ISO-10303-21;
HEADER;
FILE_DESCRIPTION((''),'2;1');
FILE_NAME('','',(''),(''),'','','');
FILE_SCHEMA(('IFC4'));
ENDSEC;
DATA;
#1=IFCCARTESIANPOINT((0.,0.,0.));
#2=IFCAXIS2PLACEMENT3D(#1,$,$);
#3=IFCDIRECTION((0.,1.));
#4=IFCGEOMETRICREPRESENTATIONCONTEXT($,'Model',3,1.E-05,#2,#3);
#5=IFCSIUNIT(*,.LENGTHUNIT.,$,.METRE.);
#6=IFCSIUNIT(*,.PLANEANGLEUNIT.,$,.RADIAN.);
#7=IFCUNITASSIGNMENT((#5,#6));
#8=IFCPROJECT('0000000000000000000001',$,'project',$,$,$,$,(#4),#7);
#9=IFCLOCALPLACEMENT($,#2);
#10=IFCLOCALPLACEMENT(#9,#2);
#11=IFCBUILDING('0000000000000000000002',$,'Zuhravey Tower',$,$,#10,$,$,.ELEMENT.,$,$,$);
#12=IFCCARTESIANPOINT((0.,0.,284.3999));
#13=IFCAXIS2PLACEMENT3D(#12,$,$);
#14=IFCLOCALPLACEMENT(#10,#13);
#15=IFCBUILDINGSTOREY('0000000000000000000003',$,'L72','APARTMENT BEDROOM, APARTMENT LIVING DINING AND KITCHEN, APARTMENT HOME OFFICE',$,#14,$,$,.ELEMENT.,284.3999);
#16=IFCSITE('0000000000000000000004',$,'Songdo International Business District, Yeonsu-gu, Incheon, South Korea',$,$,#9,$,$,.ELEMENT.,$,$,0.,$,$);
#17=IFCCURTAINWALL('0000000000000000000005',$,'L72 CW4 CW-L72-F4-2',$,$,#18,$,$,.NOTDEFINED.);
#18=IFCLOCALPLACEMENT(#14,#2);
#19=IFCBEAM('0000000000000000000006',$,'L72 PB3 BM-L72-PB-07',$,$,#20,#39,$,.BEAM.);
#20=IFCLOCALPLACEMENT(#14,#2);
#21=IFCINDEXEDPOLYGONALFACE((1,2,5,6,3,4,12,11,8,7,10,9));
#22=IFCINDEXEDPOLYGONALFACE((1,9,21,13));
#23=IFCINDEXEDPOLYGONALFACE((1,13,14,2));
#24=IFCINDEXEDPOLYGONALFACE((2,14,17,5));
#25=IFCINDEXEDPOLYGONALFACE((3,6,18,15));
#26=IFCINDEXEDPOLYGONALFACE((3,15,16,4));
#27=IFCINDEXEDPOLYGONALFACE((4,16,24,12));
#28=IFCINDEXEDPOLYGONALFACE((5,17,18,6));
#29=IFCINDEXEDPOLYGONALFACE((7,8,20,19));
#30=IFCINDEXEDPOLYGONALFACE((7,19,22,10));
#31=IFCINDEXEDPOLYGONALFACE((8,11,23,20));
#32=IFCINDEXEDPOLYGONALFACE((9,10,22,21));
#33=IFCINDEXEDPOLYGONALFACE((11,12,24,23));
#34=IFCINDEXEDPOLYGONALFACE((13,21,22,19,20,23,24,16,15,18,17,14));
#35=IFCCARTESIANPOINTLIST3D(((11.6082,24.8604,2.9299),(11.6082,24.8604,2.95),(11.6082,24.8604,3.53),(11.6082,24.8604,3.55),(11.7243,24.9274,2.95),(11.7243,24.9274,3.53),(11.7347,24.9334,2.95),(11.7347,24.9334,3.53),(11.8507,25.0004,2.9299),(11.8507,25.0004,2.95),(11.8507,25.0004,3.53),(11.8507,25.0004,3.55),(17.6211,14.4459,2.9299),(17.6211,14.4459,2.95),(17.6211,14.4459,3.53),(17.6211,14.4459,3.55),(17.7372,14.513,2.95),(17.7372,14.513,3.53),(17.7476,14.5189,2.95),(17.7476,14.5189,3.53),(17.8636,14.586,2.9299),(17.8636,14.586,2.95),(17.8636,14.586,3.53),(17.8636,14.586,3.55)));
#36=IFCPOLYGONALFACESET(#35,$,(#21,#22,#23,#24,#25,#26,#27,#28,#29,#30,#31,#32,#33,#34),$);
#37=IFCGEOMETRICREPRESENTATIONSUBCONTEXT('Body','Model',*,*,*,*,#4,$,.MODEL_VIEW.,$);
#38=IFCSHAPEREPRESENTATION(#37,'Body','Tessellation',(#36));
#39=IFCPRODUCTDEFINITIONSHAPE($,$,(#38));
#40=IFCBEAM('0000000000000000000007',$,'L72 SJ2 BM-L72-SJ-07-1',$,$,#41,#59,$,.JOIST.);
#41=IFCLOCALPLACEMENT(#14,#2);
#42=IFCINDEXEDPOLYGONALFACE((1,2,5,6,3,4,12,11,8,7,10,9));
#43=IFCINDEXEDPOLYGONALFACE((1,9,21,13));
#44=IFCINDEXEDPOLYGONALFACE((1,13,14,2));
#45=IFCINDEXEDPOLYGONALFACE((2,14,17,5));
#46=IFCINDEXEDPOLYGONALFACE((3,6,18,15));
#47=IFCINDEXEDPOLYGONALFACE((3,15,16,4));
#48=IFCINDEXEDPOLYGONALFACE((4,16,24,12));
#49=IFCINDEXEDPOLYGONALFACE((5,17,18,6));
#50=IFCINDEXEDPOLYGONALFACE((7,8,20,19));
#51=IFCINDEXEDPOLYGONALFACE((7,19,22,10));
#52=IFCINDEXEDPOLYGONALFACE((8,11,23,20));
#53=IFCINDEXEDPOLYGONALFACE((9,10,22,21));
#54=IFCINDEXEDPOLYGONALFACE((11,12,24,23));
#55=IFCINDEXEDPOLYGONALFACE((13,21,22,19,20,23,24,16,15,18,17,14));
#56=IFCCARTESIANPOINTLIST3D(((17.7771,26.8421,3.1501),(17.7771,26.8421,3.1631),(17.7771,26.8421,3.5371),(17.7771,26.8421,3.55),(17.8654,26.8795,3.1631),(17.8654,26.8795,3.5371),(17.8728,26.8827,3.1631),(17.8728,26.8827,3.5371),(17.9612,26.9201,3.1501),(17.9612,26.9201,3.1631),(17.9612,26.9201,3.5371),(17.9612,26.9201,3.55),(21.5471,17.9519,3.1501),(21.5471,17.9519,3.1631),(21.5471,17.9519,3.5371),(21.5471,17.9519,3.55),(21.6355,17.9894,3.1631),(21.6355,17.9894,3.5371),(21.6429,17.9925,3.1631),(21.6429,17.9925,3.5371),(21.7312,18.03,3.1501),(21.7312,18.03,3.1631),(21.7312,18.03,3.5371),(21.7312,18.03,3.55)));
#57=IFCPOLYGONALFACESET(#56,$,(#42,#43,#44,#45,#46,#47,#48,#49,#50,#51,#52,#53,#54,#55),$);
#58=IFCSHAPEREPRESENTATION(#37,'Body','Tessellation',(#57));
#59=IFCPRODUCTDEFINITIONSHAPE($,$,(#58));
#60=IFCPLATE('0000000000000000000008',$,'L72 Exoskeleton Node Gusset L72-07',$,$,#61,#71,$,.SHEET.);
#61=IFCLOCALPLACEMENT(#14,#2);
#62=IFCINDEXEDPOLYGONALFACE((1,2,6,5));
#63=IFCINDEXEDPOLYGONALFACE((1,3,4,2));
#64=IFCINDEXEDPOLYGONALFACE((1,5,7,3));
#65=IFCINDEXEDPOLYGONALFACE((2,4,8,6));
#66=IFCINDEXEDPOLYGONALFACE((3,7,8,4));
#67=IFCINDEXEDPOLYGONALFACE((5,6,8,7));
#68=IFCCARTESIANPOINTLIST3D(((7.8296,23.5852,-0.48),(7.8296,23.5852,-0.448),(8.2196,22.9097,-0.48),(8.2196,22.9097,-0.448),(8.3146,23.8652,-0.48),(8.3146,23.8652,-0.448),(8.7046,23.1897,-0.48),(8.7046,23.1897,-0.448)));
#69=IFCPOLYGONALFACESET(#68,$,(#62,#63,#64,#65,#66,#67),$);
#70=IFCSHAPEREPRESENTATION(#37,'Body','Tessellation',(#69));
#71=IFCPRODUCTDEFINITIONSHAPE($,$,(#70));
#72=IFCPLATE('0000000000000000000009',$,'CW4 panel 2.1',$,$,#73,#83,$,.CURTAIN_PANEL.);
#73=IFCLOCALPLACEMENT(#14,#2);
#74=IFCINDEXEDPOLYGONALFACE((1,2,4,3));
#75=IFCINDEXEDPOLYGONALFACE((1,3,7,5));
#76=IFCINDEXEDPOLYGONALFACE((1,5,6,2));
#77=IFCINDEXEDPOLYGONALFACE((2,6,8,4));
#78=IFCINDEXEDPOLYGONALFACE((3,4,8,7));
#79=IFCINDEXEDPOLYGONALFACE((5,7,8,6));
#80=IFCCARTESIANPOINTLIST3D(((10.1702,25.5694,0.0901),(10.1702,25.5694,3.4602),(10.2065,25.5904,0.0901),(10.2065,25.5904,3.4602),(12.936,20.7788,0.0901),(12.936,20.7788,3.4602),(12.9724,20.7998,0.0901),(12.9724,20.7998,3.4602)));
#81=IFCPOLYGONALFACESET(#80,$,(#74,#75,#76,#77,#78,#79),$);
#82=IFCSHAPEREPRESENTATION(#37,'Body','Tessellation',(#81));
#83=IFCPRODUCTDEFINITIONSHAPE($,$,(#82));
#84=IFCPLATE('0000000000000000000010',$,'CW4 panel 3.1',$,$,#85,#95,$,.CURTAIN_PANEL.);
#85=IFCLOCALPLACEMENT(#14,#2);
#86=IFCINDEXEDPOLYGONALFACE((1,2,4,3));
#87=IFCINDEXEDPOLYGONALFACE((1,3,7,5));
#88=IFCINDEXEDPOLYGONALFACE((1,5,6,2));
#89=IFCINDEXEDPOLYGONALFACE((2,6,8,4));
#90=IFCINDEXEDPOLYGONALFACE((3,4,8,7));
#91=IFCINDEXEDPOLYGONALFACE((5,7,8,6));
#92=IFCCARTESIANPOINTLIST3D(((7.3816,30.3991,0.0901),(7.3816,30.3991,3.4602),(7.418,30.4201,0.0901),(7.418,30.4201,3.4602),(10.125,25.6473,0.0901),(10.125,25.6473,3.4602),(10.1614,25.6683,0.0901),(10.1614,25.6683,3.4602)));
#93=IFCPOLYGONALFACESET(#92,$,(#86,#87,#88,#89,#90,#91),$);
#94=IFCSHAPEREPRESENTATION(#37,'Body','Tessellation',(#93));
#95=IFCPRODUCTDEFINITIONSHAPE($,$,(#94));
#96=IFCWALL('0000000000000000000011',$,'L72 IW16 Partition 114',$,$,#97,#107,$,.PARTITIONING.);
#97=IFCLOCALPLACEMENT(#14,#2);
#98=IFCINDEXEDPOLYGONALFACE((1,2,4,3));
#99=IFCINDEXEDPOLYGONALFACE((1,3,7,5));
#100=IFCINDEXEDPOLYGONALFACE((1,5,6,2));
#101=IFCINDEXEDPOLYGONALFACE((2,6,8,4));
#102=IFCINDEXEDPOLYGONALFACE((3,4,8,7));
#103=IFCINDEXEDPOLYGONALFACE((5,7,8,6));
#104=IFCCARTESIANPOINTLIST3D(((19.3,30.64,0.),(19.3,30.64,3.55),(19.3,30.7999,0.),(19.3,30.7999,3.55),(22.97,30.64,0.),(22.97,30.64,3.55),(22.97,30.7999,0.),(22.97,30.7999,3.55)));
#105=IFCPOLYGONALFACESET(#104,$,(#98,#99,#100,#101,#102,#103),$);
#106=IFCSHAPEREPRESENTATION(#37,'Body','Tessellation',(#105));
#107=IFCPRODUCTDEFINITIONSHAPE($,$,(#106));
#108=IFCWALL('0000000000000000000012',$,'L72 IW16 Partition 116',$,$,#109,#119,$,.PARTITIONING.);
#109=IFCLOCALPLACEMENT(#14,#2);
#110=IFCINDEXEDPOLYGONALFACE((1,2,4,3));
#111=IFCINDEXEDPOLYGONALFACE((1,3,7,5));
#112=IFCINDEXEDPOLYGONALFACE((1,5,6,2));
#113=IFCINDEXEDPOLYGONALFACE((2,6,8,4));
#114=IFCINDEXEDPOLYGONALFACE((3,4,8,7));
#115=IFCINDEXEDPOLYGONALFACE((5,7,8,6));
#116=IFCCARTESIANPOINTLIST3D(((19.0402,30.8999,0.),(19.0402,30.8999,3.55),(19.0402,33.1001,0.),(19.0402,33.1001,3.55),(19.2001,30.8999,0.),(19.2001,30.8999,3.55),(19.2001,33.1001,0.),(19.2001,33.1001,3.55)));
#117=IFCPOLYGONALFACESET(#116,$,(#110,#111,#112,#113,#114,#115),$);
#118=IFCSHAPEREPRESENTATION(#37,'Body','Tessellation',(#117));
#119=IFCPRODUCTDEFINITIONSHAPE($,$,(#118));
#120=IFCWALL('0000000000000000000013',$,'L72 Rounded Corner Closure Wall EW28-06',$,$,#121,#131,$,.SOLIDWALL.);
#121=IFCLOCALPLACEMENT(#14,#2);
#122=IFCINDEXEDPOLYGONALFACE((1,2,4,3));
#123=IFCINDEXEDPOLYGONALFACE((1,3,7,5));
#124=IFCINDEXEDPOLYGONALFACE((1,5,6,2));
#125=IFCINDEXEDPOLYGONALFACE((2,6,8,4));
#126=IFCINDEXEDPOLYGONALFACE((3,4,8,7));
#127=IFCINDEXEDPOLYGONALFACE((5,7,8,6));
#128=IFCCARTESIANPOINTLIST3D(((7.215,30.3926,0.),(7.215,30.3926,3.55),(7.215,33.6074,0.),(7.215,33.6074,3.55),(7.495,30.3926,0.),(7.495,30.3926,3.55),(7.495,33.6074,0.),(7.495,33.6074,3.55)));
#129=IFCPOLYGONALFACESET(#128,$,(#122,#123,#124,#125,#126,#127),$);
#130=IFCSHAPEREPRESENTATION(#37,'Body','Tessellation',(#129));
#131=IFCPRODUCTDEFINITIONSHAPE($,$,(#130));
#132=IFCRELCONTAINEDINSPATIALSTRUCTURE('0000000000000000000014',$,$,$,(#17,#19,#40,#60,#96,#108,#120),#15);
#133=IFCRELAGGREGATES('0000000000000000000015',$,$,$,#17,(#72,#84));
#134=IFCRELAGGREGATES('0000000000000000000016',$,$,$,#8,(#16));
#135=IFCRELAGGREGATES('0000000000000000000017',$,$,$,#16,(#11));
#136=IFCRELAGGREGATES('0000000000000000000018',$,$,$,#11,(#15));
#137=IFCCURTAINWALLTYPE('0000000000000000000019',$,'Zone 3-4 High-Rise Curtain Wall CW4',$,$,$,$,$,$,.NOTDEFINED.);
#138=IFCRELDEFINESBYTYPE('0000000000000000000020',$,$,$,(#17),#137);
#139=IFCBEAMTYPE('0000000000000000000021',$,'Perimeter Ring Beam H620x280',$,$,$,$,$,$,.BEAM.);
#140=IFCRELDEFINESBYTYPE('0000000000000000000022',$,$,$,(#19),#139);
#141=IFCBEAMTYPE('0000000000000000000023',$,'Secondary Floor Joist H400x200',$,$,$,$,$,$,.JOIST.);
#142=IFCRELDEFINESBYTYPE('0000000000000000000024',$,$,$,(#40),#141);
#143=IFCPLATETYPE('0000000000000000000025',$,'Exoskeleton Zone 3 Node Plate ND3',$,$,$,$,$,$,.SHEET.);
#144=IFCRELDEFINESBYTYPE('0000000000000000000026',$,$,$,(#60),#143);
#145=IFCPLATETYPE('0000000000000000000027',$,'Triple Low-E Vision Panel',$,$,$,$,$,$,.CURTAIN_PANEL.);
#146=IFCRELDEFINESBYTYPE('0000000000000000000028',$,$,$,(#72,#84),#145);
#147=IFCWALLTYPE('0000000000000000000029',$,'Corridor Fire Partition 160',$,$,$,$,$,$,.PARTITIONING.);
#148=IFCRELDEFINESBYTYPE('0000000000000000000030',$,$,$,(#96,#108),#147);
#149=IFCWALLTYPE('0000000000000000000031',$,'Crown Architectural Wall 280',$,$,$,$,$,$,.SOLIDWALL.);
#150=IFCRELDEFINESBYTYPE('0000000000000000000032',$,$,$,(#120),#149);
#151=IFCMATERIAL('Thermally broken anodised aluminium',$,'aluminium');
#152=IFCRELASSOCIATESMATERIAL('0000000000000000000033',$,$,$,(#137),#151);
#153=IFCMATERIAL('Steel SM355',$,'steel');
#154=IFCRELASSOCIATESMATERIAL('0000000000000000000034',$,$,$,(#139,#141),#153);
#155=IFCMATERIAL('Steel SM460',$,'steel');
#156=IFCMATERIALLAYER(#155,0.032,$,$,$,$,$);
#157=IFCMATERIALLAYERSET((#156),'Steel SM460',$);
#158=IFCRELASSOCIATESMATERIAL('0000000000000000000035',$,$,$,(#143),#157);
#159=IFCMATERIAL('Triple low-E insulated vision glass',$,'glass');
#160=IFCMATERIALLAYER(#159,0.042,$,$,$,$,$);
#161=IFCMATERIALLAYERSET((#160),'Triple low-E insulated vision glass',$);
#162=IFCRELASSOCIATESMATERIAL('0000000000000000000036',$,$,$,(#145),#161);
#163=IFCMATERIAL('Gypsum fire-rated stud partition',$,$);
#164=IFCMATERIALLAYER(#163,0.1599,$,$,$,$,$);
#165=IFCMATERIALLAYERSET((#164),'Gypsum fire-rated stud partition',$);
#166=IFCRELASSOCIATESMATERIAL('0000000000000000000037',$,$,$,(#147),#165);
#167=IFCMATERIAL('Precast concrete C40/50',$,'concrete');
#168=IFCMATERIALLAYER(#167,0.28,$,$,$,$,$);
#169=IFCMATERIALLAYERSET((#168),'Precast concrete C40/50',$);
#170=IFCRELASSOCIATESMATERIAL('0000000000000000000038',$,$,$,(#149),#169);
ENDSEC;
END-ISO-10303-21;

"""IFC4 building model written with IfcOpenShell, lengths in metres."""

from ifc_helpers import new_model, si_unit, direction, frame, frame_2d, origin, origin_2d, place, context, subcontext, project, spatial, rectangle, i_section, extrude, material, layer, layer_set, material_profile, profile_set, type_object, element, aggregate, save


model = new_model("IFC4")

# Units and contexts
model_context = context("Model", 3, precision=1e-05, world=origin(), true_north=direction((0.0, 1.0)))
body_context = subcontext(model_context, "Body", "Model", "MODEL_VIEW")
ifc_project = project(units=[si_unit("LENGTHUNIT", "METRE"), si_unit("PLANEANGLEUNIT", "RADIAN")], contexts=[model_context])

# Site, building, storey
site_placement = place(None, origin())
site = spatial("IfcSite", under=ifc_project, at=site_placement, Name="Songdo International Business District, Yeonsu-gu, Incheon, South Korea", CompositionType="ELEMENT", RefElevation=0.0)
building_placement = place(site_placement, origin())
building = spatial("IfcBuilding", under=site, at=building_placement, Name="Zuhravey Tower", CompositionType="ELEMENT")
storey_placement = place(building_placement, frame((0.0, 0.0, 284.3999)))
storey = spatial("IfcBuildingStorey", under=building, at=storey_placement, Name="L72", Description="APARTMENT BEDROOM, APARTMENT LIVING DINING AND KITCHEN, APARTMENT HOME OFFICE", CompositionType="ELEMENT", Elevation=284.3999)

# Curtain wall
ifc_material_1 = material(Name="Thermally broken anodised aluminium", Category="aluminium")
curtain_wall_type = type_object("IfcCurtainWallType", Name="Zone 3-4 High-Rise Curtain Wall CW4", PredefinedType="NOTDEFINED", material=ifc_material_1)
curtain_wall_placement = place(storey_placement, origin())
curtain_wall = element("IfcCurtainWall", 1, at=curtain_wall_placement, inside=storey, type_object=curtain_wall_type, Name="L72 CW4 CW-L72-F4-2", PredefinedType="NOTDEFINED")

# Shared definitions
ifc_material_2 = material(Name="Steel SM355", Category="steel")

# Beams
ifc_material_profile_1 = material_profile(ifc_material_2, i_section(OverallWidth=0.28, OverallDepth=0.6201, WebThickness=0.012, FlangeThickness=0.02, at=origin_2d()), Name="H-620x280x12x20")
ifc_profile_set_1 = profile_set([ifc_material_profile_1], Name="Steel SM355")
beam_type_1 = type_object("IfcBeamType", Name="Perimeter Ring Beam H620x280", PredefinedType="BEAM", material=ifc_profile_set_1)
beam_1_placement = place(storey_placement, frame((11.7295, 24.9304, 3.24), z_axis=(0.500006, -0.866022, 0.0), x_axis=(0.866022, 0.500006, 0.0)))
element("IfcBeam", 2, at=beam_1_placement, inside=storey, type_object=beam_type_1, Name="L72 PB3 BM-L72-PB-07", PredefinedType="BEAM", context=body_context, shape_type="SweptSolid", body=[
    extrude(i_section(OverallWidth=0.28, OverallDepth=0.6201, WebThickness=0.012, FlangeThickness=0.02, at=origin_2d()), origin(), (0.0, 0.0, 1.0), 12.0256),
])
ifc_material_profile_2 = material_profile(ifc_material_2, i_section(OverallWidth=0.2, OverallDepth=0.3999, WebThickness=0.0081, FlangeThickness=0.0129, at=origin_2d()), Name="H-400x200x8x13")
ifc_profile_set_2 = profile_set([ifc_material_profile_2], Name="Steel SM355")
beam_type_2 = type_object("IfcBeamType", Name="Secondary Floor Joist H400x200", PredefinedType="JOIST", material=ifc_profile_set_2)
beam_2_placement = place(storey_placement, frame((17.8691, 26.8811, 3.3501), z_axis=(0.390413, -0.92064, 0.0), x_axis=(0.92064, 0.390413, 0.0)))
element("IfcBeam", 3, at=beam_2_placement, inside=storey, type_object=beam_type_2, Name="L72 SJ2 BM-L72-SJ-07-1", PredefinedType="JOIST", context=body_context, shape_type="SweptSolid", body=[
    extrude(i_section(OverallWidth=0.2, OverallDepth=0.3999, WebThickness=0.0081, FlangeThickness=0.0129, at=origin_2d()), origin(), (0.0, 0.0, 1.0), 9.6565),
])

# Plates
ifc_material_3 = material(Name="Steel SM460", Category="steel")
ifc_layer_1 = layer(ifc_material_3, 0.032)
ifc_layer_set_1 = layer_set([ifc_layer_1], Name="Steel SM460")
plate_type_1 = type_object("IfcPlateType", Name="Exoskeleton Zone 3 Node Plate ND3", PredefinedType="SHEET", material=ifc_layer_set_1)
plate_1_placement = place(storey_placement, frame((8.2671, 23.3875, -0.48), z_axis=(0.0, 0.0, 1.0), x_axis=(0.5, -0.866025, 0.0)))
element("IfcPlate", 4, at=plate_1_placement, inside=storey, type_object=plate_type_1, Name="L72 Exoskeleton Node Gusset L72-07", PredefinedType="SHEET", context=body_context, shape_type="SweptSolid", body=[
    extrude(rectangle(XDim=0.78, YDim=0.5601, at=origin_2d()), origin(), (0.0, 0.0, 1.0), 0.032),
])
ifc_material_4 = material(Name="Triple low-E insulated vision glass", Category="glass")
ifc_layer_2 = layer(ifc_material_4, 0.042)
ifc_layer_set_2 = layer_set([ifc_layer_2], Name="Triple low-E insulated vision glass")
plate_type_2 = type_object("IfcPlateType", Name="Triple Low-E Vision Panel", PredefinedType="CURTAIN_PANEL", material=ifc_layer_set_2)
plate_2_placement = place(storey_placement, frame((11.5713, 23.1846, 0.0901), z_axis=(0.0, 0.0, 1.0), x_axis=(-0.5, 0.866026, 0.0)))
plate_2 = element("IfcPlate", 5, at=plate_2_placement, type_object=plate_type_2, Name="CW4 panel 2.1", PredefinedType="CURTAIN_PANEL", context=body_context, shape_type="SweptSolid", body=[
    extrude(rectangle(XDim=5.5317, YDim=0.042, at=origin_2d()), origin(), (0.0, 0.0, 1.0), 3.3701),
])
plate_3_placement = place(storey_placement, frame((8.7715, 28.0337, 0.0901), z_axis=(0.0, 0.0, 1.0), x_axis=(-0.5, 0.866026, 0.0)))
plate_3 = element("IfcPlate", 6, at=plate_3_placement, type_object=plate_type_2, Name="CW4 panel 3.1", PredefinedType="CURTAIN_PANEL", context=body_context, shape_type="SweptSolid", body=[
    extrude(rectangle(XDim=5.4868, YDim=0.042, at=origin_2d()), origin(), (0.0, 0.0, 1.0), 3.3701),
])
aggregate(curtain_wall, [plate_2, plate_3])

# Walls
ifc_material_5 = material(Name="Gypsum fire-rated stud partition")
ifc_layer_3 = layer(ifc_material_5, 0.1599)
ifc_layer_set_3 = layer_set([ifc_layer_3], Name="Gypsum fire-rated stud partition")
wall_type_1 = type_object("IfcWallType", Name="Corridor Fire Partition 160", PredefinedType="PARTITIONING", material=ifc_layer_set_3)
wall_1_placement = place(storey_placement, frame((19.3, 30.72, 0.0), z_axis=(0.0, 0.0, 1.0), x_axis=(1.0, 0.0, 0.0)))
element("IfcWall", 7, at=wall_1_placement, inside=storey, type_object=wall_type_1, Name="L72 IW16 Partition 114", PredefinedType="PARTITIONING", context=body_context, shape_type="SweptSolid", body=[
    extrude(rectangle(XDim=3.6699, YDim=0.1599, at=frame_2d((1.835, 0.0))), origin(), (0.0, 0.0, 1.0), 3.55),
])
wall_2_placement = place(storey_placement, frame((19.1201, 33.1001, 0.0), z_axis=(0.0, 0.0, 1.0), x_axis=(0.0, -1.0, 0.0)))
element("IfcWall", 8, at=wall_2_placement, inside=storey, type_object=wall_type_1, Name="L72 IW16 Partition 116", PredefinedType="PARTITIONING", context=body_context, shape_type="SweptSolid", body=[
    extrude(rectangle(XDim=2.2002, YDim=0.1599, at=frame_2d((1.1001, 0.0))), origin(), (0.0, 0.0, 1.0), 3.55),
])
ifc_material_6 = material(Name="Precast concrete C40/50", Category="concrete")
ifc_layer_4 = layer(ifc_material_6, 0.28)
ifc_layer_set_4 = layer_set([ifc_layer_4], Name="Precast concrete C40/50")
wall_type_2 = type_object("IfcWallType", Name="Crown Architectural Wall 280", PredefinedType="SOLIDWALL", material=ifc_layer_set_4)
wall_3_placement = place(storey_placement, frame((7.355, 30.3926, 0.0), z_axis=(0.0, 0.0, 1.0), x_axis=(0.0, 1.0, 0.0)))
element("IfcWall", 9, at=wall_3_placement, inside=storey, type_object=wall_type_2, Name="L72 Rounded Corner Closure Wall EW28-06", PredefinedType="SOLIDWALL", context=body_context, shape_type="SweptSolid", body=[
    extrude(rectangle(XDim=3.2148, YDim=0.28, at=frame_2d((1.6074, 0.0))), origin(), (0.0, 0.0, 1.0), 3.55),
])

save(model, "model.ifc")
